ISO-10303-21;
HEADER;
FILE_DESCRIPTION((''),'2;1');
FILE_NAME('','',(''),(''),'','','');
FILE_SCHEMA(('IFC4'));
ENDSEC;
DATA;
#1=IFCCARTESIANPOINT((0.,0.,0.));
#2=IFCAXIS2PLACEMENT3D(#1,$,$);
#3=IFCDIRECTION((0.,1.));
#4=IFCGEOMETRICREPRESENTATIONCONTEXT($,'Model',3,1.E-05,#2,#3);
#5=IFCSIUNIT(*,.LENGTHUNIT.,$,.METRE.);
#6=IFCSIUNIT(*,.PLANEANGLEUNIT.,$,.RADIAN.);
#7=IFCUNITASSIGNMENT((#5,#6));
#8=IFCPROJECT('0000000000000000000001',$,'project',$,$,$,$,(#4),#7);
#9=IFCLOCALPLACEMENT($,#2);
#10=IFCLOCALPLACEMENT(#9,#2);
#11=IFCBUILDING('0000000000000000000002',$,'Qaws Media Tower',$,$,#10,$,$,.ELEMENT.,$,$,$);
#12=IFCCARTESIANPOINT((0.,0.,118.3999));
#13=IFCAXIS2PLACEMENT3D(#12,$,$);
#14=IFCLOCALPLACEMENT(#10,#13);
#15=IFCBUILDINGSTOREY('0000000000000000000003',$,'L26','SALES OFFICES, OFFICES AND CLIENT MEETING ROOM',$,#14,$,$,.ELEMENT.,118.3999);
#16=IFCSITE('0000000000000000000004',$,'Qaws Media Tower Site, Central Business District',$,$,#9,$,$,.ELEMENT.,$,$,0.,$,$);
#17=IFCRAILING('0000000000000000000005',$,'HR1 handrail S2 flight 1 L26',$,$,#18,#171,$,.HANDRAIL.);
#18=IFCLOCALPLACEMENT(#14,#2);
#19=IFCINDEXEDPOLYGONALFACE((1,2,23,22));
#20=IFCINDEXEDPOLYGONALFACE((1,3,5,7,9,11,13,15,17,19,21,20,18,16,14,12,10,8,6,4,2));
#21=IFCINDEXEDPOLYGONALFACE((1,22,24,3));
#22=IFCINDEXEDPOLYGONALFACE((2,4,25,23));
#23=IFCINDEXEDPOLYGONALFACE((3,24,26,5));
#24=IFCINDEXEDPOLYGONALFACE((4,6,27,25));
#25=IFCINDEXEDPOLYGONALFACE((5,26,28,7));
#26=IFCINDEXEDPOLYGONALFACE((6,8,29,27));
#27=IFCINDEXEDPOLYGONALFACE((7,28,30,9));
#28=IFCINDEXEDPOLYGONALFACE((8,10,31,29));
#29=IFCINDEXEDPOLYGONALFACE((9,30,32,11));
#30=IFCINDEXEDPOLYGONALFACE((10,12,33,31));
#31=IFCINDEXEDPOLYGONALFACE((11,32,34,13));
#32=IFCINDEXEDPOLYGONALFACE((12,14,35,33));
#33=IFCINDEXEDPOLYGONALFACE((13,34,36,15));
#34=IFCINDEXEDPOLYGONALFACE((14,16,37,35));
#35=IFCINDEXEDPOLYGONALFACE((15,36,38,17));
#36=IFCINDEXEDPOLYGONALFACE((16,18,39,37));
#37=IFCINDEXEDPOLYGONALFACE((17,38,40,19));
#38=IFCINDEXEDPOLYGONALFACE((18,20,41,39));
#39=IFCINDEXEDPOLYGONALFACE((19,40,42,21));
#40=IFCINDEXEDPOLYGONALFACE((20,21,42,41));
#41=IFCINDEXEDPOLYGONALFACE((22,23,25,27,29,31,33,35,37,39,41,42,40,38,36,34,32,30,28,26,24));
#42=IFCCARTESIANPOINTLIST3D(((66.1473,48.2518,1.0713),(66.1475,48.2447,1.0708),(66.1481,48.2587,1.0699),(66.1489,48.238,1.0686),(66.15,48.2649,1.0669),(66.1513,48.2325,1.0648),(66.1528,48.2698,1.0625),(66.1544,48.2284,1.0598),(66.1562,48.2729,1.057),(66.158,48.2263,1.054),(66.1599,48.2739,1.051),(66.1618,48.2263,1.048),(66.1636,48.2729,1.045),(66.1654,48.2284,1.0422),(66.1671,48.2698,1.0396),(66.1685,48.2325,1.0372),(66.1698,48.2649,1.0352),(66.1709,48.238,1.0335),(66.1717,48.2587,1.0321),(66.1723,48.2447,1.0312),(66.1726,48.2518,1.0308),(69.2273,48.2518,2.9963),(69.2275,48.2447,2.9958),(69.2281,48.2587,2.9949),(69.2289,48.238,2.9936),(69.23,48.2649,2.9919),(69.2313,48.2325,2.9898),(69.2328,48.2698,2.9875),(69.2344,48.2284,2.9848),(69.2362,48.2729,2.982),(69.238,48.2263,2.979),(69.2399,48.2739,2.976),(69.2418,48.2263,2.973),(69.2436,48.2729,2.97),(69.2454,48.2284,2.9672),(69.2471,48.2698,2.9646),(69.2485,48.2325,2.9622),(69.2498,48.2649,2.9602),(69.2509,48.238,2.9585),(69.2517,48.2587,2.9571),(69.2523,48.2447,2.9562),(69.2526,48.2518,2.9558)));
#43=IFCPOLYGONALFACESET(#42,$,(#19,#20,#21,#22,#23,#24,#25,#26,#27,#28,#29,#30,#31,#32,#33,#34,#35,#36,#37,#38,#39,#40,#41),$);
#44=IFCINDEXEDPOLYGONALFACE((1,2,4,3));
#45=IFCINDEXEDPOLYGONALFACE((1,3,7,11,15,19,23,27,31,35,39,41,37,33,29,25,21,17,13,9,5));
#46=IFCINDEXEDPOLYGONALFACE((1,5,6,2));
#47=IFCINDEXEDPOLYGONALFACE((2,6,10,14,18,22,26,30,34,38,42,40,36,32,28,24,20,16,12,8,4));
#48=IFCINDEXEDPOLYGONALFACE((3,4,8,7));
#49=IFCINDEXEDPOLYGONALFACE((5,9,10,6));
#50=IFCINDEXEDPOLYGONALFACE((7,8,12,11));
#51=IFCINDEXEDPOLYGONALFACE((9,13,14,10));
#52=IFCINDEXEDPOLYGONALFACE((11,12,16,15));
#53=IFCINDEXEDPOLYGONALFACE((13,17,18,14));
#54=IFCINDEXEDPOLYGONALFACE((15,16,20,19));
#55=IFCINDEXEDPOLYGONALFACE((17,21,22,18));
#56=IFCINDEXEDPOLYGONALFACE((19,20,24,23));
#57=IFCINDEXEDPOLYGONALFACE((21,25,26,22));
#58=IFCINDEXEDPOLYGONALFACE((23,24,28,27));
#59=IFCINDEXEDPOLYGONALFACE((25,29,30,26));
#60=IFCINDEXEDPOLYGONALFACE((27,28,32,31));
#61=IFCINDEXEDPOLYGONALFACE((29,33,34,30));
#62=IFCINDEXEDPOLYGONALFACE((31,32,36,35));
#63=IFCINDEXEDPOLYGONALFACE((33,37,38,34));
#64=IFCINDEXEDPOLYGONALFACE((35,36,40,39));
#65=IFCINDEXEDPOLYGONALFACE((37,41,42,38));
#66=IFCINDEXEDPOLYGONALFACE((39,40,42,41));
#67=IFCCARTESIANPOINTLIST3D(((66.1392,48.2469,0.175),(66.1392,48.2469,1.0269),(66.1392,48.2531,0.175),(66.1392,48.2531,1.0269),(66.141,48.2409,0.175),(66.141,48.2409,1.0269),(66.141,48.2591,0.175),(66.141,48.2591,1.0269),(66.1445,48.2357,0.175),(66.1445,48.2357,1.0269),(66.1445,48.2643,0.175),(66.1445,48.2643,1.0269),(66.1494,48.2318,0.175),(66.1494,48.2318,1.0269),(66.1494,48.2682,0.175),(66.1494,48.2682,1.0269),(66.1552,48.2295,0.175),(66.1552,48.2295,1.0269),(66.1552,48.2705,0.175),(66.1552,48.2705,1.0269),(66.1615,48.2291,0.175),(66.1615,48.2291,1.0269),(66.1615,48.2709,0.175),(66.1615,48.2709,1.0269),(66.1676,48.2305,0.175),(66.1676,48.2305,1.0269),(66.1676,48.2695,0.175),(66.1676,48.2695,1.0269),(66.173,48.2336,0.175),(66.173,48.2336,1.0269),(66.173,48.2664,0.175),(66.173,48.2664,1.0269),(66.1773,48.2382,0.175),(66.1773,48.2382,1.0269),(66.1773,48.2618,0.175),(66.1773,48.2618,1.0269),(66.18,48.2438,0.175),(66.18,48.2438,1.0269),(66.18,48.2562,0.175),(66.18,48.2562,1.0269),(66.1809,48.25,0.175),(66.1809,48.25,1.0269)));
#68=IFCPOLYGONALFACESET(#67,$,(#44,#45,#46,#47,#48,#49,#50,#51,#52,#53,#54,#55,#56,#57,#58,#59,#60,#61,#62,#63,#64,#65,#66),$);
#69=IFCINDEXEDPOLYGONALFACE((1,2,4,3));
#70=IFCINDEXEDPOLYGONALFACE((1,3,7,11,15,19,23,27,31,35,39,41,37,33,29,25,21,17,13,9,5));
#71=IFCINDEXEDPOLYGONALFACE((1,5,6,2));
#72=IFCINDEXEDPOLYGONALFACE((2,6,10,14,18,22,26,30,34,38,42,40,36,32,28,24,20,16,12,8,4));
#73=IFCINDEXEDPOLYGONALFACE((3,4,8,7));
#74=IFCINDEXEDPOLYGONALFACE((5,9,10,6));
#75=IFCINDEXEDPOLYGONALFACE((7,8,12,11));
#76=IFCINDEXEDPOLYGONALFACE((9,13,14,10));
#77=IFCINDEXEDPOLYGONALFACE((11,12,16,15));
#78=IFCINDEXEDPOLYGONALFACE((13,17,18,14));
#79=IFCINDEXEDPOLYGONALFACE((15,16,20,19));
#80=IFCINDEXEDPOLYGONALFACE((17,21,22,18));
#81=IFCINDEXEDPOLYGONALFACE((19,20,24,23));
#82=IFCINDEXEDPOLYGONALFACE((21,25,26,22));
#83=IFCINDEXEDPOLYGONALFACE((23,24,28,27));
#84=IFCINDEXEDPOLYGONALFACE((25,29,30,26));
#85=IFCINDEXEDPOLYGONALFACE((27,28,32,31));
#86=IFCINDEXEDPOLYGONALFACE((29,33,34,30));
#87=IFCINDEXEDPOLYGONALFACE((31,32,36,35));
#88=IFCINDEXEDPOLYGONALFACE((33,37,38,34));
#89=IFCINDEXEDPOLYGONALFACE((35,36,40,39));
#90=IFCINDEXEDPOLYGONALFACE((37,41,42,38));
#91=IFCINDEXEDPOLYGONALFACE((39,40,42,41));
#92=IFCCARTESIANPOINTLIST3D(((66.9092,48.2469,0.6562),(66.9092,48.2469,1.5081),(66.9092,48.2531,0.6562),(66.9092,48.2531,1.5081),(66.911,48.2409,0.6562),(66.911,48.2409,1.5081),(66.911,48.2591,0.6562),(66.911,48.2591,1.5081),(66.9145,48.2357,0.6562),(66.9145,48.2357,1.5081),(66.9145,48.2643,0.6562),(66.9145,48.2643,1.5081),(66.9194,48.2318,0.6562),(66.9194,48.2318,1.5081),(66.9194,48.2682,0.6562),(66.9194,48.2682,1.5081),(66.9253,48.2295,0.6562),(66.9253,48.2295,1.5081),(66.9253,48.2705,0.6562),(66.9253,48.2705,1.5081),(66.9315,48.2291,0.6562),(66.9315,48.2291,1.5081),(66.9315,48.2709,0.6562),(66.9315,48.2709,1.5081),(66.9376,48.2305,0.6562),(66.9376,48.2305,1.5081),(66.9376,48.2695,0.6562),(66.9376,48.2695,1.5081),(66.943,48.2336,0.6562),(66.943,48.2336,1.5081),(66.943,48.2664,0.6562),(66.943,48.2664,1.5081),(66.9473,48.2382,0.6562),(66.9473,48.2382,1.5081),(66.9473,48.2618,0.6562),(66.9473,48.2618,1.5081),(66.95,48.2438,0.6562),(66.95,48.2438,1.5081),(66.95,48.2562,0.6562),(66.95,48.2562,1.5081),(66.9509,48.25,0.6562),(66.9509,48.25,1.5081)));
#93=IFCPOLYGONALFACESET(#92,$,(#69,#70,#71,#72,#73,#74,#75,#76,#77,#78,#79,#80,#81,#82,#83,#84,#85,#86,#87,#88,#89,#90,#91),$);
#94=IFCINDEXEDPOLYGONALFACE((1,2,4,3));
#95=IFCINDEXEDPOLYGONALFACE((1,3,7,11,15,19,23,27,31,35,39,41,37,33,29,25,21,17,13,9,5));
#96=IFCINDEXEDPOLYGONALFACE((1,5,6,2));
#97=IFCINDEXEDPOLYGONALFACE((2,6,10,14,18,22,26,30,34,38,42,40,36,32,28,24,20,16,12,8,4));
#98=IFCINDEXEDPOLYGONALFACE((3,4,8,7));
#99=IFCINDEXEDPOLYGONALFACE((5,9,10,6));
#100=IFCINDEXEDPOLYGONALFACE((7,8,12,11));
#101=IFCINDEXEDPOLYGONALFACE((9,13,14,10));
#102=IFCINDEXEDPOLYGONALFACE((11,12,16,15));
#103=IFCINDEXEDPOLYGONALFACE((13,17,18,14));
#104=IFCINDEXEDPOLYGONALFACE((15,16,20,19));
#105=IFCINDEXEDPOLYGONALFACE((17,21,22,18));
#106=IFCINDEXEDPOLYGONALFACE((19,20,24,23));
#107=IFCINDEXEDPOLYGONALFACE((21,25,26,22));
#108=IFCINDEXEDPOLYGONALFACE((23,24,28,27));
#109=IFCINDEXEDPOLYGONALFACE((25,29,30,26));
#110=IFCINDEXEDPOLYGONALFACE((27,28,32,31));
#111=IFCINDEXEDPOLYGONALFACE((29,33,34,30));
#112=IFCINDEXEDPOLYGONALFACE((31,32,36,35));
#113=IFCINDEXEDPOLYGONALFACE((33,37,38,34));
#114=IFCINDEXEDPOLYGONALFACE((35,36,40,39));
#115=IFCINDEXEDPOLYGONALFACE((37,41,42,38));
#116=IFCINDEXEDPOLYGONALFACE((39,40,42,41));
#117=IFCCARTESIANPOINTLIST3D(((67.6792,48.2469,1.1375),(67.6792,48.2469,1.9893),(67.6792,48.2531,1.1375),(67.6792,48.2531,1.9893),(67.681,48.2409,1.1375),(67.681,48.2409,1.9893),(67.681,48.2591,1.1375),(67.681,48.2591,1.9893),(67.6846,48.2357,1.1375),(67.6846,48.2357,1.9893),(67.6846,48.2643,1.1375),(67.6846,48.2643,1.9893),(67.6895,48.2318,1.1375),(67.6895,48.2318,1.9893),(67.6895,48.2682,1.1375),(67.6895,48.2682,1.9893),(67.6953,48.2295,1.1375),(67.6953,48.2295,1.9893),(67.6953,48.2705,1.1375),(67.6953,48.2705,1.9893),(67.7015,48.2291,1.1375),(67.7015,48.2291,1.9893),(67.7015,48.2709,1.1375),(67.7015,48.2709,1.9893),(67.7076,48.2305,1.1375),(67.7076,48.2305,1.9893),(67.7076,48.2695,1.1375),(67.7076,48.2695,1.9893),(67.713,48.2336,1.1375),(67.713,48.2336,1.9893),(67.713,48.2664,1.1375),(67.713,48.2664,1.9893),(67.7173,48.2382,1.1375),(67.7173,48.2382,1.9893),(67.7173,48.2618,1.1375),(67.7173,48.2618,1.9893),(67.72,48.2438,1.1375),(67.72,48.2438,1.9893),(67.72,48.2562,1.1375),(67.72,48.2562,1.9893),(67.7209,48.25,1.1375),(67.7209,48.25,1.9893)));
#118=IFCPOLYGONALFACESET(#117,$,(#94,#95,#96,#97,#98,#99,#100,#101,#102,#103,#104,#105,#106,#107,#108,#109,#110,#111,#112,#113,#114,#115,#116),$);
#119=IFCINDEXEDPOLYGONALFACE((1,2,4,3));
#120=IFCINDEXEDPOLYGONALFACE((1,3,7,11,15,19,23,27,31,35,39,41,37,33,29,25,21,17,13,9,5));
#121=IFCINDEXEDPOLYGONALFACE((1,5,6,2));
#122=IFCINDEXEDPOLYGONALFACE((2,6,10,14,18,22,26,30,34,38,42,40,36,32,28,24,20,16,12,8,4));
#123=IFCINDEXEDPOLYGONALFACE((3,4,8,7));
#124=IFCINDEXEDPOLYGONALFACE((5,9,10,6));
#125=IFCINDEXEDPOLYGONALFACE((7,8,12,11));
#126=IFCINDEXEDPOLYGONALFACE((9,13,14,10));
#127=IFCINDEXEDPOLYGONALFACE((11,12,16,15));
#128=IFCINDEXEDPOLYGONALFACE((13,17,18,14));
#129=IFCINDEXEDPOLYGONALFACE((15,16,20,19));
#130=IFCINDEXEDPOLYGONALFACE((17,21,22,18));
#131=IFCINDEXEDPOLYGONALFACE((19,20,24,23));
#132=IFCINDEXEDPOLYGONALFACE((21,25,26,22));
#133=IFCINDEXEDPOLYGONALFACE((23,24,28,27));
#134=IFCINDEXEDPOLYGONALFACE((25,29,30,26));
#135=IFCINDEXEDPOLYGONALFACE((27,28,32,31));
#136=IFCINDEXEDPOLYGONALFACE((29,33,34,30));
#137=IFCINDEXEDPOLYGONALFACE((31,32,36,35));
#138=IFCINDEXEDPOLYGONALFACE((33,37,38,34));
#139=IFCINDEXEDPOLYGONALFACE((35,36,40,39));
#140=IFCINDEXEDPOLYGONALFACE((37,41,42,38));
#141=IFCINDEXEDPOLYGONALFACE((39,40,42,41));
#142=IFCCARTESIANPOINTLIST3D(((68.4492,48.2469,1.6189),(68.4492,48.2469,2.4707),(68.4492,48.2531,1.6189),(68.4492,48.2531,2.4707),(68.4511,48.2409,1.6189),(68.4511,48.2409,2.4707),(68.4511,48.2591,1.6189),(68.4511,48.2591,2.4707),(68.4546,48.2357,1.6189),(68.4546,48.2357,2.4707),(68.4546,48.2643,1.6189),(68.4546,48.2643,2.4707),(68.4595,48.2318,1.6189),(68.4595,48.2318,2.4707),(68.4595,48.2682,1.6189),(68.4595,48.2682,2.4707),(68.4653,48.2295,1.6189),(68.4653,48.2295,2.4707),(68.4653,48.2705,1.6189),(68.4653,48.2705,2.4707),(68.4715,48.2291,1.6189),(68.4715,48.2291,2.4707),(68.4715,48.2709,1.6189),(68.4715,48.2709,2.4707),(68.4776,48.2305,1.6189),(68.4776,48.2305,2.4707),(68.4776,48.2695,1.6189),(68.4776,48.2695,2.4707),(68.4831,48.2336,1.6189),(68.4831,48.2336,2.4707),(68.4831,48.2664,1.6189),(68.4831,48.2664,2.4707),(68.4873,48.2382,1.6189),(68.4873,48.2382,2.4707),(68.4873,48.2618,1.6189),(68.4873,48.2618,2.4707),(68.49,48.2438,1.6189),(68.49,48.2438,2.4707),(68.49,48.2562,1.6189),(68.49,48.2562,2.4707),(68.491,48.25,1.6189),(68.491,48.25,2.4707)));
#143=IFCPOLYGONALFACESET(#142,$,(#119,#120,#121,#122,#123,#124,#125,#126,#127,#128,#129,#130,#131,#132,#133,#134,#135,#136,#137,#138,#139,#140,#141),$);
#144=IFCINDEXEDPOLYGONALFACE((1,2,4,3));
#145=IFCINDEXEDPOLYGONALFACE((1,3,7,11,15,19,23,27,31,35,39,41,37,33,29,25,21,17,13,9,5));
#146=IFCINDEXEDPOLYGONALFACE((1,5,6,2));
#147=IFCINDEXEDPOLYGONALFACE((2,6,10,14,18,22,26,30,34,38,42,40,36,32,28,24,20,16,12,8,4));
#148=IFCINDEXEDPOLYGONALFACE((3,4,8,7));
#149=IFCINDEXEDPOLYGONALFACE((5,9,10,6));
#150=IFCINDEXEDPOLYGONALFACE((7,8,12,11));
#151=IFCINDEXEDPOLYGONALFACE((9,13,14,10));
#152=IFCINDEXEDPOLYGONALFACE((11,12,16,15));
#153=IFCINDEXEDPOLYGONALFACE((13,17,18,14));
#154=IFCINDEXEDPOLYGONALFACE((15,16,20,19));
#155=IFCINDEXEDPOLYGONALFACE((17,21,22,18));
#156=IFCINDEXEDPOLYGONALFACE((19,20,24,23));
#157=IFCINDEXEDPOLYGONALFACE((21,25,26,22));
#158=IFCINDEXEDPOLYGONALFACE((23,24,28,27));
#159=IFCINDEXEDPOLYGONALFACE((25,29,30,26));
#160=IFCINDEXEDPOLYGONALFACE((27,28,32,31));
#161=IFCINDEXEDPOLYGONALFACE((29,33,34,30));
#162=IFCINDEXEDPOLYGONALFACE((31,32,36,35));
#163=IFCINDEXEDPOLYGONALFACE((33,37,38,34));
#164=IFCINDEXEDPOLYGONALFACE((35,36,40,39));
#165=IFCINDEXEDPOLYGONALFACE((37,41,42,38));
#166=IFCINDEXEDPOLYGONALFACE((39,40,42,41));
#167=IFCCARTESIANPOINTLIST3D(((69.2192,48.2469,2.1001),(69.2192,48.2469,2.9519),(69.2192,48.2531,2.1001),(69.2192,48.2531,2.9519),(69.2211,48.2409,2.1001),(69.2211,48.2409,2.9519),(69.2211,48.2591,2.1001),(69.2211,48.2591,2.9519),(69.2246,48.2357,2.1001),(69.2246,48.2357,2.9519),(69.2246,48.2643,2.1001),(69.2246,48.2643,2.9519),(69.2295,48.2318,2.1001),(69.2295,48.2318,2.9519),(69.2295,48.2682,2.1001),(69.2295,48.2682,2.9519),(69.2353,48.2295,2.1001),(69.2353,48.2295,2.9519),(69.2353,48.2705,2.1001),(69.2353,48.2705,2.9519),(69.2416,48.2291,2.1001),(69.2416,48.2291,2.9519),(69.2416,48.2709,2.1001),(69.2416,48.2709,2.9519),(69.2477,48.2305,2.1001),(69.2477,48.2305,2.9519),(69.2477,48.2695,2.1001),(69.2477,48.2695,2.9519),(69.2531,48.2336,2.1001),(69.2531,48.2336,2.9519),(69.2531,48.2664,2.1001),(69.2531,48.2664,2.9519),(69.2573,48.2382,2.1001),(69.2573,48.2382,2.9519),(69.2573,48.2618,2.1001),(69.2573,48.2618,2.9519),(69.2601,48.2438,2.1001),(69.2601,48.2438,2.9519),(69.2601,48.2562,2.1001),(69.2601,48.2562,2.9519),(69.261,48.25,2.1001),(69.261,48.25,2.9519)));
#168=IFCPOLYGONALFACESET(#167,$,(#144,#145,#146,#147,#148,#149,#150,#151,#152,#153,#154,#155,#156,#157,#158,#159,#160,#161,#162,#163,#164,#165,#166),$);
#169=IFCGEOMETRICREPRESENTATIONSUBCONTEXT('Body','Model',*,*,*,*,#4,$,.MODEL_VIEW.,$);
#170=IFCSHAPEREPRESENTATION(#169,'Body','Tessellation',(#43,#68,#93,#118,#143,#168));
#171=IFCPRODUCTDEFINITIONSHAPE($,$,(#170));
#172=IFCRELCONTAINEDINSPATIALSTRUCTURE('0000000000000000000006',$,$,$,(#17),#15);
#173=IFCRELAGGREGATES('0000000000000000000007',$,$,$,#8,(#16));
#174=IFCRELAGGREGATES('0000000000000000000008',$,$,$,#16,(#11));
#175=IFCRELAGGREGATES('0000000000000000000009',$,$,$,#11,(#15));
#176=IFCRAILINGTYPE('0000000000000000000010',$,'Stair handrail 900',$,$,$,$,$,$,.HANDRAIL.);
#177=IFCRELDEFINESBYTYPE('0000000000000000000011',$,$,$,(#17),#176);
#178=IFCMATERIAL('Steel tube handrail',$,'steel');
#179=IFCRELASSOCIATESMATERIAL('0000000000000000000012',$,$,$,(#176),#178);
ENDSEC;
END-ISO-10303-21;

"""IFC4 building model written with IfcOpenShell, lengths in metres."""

from ifc_helpers import new_model, si_unit, direction, frame, origin, origin_2d, place, context, subcontext, project, spatial, circle, extrude, material, type_object, element, save


model = new_model("IFC4")

# Units and contexts
model_context = context("Model", 3, precision=1e-05, world=origin(), true_north=direction((0.0, 1.0)))
body_context = subcontext(model_context, "Body", "Model", "MODEL_VIEW")
ifc_project = project(units=[si_unit("LENGTHUNIT", "METRE"), si_unit("PLANEANGLEUNIT", "RADIAN")], contexts=[model_context])

# Site, building, storey
site_placement = place(None, origin())
site = spatial("IfcSite", under=ifc_project, at=site_placement, Name="Qaws Media Tower Site, Central Business District", CompositionType="ELEMENT", RefElevation=0.0)
building_placement = place(site_placement, origin())
building = spatial("IfcBuilding", under=site, at=building_placement, Name="Qaws Media Tower", CompositionType="ELEMENT")
storey_placement = place(building_placement, frame((0.0, 0.0, 118.3999)))
storey = spatial("IfcBuildingStorey", under=building, at=storey_placement, Name="L26", Description="SALES OFFICES, OFFICES AND CLIENT MEETING ROOM", CompositionType="ELEMENT", Elevation=118.3999)

# Railing
ifc_material_1 = material(Name="Steel tube handrail", Category="steel")
railing_type = type_object("IfcRailingType", Name="Stair handrail 900", PredefinedType="HANDRAIL", material=ifc_material_1)
for number, where, name in (
    (1, (66.1599, 48.25, 0.175), "HR1 handrail S2 flight 1 L26"),
):
    element("IfcRailing", number, at=place(storey_placement, frame(where)), inside=storey, type_object=railing_type, Name=name, PredefinedType="HANDRAIL", context=body_context, shape_type="SweptSolid", body=[
        extrude(circle(Radius=0.0239, at=origin_2d()), frame((0.0, 0.0, 0.876), z_axis=(0.847998, 0.0, 0.529999), x_axis=(0.0, 1.0, 0.0)), (0.0, 0.0, 1.0), 3.6321),
        extrude(circle(Radius=0.021, at=origin_2d()), origin(), (0.0, 0.0, 1.0), 0.8518),
        extrude(circle(Radius=0.021, at=origin_2d()), frame((0.77, 0.0, 0.4812)), (0.0, 0.0, 1.0), 0.8518),
        extrude(circle(Radius=0.021, at=origin_2d()), frame((1.54, 0.0, 0.9624)), (0.0, 0.0, 1.0), 0.8518),
        extrude(circle(Radius=0.021, at=origin_2d()), frame((2.3101, 0.0, 1.4438)), (0.0, 0.0, 1.0), 0.8518),
        extrude(circle(Radius=0.021, at=origin_2d()), frame((3.0801, 0.0, 1.925)), (0.0, 0.0, 1.0), 0.8518),
    ])

save(model, "model.ifc")
